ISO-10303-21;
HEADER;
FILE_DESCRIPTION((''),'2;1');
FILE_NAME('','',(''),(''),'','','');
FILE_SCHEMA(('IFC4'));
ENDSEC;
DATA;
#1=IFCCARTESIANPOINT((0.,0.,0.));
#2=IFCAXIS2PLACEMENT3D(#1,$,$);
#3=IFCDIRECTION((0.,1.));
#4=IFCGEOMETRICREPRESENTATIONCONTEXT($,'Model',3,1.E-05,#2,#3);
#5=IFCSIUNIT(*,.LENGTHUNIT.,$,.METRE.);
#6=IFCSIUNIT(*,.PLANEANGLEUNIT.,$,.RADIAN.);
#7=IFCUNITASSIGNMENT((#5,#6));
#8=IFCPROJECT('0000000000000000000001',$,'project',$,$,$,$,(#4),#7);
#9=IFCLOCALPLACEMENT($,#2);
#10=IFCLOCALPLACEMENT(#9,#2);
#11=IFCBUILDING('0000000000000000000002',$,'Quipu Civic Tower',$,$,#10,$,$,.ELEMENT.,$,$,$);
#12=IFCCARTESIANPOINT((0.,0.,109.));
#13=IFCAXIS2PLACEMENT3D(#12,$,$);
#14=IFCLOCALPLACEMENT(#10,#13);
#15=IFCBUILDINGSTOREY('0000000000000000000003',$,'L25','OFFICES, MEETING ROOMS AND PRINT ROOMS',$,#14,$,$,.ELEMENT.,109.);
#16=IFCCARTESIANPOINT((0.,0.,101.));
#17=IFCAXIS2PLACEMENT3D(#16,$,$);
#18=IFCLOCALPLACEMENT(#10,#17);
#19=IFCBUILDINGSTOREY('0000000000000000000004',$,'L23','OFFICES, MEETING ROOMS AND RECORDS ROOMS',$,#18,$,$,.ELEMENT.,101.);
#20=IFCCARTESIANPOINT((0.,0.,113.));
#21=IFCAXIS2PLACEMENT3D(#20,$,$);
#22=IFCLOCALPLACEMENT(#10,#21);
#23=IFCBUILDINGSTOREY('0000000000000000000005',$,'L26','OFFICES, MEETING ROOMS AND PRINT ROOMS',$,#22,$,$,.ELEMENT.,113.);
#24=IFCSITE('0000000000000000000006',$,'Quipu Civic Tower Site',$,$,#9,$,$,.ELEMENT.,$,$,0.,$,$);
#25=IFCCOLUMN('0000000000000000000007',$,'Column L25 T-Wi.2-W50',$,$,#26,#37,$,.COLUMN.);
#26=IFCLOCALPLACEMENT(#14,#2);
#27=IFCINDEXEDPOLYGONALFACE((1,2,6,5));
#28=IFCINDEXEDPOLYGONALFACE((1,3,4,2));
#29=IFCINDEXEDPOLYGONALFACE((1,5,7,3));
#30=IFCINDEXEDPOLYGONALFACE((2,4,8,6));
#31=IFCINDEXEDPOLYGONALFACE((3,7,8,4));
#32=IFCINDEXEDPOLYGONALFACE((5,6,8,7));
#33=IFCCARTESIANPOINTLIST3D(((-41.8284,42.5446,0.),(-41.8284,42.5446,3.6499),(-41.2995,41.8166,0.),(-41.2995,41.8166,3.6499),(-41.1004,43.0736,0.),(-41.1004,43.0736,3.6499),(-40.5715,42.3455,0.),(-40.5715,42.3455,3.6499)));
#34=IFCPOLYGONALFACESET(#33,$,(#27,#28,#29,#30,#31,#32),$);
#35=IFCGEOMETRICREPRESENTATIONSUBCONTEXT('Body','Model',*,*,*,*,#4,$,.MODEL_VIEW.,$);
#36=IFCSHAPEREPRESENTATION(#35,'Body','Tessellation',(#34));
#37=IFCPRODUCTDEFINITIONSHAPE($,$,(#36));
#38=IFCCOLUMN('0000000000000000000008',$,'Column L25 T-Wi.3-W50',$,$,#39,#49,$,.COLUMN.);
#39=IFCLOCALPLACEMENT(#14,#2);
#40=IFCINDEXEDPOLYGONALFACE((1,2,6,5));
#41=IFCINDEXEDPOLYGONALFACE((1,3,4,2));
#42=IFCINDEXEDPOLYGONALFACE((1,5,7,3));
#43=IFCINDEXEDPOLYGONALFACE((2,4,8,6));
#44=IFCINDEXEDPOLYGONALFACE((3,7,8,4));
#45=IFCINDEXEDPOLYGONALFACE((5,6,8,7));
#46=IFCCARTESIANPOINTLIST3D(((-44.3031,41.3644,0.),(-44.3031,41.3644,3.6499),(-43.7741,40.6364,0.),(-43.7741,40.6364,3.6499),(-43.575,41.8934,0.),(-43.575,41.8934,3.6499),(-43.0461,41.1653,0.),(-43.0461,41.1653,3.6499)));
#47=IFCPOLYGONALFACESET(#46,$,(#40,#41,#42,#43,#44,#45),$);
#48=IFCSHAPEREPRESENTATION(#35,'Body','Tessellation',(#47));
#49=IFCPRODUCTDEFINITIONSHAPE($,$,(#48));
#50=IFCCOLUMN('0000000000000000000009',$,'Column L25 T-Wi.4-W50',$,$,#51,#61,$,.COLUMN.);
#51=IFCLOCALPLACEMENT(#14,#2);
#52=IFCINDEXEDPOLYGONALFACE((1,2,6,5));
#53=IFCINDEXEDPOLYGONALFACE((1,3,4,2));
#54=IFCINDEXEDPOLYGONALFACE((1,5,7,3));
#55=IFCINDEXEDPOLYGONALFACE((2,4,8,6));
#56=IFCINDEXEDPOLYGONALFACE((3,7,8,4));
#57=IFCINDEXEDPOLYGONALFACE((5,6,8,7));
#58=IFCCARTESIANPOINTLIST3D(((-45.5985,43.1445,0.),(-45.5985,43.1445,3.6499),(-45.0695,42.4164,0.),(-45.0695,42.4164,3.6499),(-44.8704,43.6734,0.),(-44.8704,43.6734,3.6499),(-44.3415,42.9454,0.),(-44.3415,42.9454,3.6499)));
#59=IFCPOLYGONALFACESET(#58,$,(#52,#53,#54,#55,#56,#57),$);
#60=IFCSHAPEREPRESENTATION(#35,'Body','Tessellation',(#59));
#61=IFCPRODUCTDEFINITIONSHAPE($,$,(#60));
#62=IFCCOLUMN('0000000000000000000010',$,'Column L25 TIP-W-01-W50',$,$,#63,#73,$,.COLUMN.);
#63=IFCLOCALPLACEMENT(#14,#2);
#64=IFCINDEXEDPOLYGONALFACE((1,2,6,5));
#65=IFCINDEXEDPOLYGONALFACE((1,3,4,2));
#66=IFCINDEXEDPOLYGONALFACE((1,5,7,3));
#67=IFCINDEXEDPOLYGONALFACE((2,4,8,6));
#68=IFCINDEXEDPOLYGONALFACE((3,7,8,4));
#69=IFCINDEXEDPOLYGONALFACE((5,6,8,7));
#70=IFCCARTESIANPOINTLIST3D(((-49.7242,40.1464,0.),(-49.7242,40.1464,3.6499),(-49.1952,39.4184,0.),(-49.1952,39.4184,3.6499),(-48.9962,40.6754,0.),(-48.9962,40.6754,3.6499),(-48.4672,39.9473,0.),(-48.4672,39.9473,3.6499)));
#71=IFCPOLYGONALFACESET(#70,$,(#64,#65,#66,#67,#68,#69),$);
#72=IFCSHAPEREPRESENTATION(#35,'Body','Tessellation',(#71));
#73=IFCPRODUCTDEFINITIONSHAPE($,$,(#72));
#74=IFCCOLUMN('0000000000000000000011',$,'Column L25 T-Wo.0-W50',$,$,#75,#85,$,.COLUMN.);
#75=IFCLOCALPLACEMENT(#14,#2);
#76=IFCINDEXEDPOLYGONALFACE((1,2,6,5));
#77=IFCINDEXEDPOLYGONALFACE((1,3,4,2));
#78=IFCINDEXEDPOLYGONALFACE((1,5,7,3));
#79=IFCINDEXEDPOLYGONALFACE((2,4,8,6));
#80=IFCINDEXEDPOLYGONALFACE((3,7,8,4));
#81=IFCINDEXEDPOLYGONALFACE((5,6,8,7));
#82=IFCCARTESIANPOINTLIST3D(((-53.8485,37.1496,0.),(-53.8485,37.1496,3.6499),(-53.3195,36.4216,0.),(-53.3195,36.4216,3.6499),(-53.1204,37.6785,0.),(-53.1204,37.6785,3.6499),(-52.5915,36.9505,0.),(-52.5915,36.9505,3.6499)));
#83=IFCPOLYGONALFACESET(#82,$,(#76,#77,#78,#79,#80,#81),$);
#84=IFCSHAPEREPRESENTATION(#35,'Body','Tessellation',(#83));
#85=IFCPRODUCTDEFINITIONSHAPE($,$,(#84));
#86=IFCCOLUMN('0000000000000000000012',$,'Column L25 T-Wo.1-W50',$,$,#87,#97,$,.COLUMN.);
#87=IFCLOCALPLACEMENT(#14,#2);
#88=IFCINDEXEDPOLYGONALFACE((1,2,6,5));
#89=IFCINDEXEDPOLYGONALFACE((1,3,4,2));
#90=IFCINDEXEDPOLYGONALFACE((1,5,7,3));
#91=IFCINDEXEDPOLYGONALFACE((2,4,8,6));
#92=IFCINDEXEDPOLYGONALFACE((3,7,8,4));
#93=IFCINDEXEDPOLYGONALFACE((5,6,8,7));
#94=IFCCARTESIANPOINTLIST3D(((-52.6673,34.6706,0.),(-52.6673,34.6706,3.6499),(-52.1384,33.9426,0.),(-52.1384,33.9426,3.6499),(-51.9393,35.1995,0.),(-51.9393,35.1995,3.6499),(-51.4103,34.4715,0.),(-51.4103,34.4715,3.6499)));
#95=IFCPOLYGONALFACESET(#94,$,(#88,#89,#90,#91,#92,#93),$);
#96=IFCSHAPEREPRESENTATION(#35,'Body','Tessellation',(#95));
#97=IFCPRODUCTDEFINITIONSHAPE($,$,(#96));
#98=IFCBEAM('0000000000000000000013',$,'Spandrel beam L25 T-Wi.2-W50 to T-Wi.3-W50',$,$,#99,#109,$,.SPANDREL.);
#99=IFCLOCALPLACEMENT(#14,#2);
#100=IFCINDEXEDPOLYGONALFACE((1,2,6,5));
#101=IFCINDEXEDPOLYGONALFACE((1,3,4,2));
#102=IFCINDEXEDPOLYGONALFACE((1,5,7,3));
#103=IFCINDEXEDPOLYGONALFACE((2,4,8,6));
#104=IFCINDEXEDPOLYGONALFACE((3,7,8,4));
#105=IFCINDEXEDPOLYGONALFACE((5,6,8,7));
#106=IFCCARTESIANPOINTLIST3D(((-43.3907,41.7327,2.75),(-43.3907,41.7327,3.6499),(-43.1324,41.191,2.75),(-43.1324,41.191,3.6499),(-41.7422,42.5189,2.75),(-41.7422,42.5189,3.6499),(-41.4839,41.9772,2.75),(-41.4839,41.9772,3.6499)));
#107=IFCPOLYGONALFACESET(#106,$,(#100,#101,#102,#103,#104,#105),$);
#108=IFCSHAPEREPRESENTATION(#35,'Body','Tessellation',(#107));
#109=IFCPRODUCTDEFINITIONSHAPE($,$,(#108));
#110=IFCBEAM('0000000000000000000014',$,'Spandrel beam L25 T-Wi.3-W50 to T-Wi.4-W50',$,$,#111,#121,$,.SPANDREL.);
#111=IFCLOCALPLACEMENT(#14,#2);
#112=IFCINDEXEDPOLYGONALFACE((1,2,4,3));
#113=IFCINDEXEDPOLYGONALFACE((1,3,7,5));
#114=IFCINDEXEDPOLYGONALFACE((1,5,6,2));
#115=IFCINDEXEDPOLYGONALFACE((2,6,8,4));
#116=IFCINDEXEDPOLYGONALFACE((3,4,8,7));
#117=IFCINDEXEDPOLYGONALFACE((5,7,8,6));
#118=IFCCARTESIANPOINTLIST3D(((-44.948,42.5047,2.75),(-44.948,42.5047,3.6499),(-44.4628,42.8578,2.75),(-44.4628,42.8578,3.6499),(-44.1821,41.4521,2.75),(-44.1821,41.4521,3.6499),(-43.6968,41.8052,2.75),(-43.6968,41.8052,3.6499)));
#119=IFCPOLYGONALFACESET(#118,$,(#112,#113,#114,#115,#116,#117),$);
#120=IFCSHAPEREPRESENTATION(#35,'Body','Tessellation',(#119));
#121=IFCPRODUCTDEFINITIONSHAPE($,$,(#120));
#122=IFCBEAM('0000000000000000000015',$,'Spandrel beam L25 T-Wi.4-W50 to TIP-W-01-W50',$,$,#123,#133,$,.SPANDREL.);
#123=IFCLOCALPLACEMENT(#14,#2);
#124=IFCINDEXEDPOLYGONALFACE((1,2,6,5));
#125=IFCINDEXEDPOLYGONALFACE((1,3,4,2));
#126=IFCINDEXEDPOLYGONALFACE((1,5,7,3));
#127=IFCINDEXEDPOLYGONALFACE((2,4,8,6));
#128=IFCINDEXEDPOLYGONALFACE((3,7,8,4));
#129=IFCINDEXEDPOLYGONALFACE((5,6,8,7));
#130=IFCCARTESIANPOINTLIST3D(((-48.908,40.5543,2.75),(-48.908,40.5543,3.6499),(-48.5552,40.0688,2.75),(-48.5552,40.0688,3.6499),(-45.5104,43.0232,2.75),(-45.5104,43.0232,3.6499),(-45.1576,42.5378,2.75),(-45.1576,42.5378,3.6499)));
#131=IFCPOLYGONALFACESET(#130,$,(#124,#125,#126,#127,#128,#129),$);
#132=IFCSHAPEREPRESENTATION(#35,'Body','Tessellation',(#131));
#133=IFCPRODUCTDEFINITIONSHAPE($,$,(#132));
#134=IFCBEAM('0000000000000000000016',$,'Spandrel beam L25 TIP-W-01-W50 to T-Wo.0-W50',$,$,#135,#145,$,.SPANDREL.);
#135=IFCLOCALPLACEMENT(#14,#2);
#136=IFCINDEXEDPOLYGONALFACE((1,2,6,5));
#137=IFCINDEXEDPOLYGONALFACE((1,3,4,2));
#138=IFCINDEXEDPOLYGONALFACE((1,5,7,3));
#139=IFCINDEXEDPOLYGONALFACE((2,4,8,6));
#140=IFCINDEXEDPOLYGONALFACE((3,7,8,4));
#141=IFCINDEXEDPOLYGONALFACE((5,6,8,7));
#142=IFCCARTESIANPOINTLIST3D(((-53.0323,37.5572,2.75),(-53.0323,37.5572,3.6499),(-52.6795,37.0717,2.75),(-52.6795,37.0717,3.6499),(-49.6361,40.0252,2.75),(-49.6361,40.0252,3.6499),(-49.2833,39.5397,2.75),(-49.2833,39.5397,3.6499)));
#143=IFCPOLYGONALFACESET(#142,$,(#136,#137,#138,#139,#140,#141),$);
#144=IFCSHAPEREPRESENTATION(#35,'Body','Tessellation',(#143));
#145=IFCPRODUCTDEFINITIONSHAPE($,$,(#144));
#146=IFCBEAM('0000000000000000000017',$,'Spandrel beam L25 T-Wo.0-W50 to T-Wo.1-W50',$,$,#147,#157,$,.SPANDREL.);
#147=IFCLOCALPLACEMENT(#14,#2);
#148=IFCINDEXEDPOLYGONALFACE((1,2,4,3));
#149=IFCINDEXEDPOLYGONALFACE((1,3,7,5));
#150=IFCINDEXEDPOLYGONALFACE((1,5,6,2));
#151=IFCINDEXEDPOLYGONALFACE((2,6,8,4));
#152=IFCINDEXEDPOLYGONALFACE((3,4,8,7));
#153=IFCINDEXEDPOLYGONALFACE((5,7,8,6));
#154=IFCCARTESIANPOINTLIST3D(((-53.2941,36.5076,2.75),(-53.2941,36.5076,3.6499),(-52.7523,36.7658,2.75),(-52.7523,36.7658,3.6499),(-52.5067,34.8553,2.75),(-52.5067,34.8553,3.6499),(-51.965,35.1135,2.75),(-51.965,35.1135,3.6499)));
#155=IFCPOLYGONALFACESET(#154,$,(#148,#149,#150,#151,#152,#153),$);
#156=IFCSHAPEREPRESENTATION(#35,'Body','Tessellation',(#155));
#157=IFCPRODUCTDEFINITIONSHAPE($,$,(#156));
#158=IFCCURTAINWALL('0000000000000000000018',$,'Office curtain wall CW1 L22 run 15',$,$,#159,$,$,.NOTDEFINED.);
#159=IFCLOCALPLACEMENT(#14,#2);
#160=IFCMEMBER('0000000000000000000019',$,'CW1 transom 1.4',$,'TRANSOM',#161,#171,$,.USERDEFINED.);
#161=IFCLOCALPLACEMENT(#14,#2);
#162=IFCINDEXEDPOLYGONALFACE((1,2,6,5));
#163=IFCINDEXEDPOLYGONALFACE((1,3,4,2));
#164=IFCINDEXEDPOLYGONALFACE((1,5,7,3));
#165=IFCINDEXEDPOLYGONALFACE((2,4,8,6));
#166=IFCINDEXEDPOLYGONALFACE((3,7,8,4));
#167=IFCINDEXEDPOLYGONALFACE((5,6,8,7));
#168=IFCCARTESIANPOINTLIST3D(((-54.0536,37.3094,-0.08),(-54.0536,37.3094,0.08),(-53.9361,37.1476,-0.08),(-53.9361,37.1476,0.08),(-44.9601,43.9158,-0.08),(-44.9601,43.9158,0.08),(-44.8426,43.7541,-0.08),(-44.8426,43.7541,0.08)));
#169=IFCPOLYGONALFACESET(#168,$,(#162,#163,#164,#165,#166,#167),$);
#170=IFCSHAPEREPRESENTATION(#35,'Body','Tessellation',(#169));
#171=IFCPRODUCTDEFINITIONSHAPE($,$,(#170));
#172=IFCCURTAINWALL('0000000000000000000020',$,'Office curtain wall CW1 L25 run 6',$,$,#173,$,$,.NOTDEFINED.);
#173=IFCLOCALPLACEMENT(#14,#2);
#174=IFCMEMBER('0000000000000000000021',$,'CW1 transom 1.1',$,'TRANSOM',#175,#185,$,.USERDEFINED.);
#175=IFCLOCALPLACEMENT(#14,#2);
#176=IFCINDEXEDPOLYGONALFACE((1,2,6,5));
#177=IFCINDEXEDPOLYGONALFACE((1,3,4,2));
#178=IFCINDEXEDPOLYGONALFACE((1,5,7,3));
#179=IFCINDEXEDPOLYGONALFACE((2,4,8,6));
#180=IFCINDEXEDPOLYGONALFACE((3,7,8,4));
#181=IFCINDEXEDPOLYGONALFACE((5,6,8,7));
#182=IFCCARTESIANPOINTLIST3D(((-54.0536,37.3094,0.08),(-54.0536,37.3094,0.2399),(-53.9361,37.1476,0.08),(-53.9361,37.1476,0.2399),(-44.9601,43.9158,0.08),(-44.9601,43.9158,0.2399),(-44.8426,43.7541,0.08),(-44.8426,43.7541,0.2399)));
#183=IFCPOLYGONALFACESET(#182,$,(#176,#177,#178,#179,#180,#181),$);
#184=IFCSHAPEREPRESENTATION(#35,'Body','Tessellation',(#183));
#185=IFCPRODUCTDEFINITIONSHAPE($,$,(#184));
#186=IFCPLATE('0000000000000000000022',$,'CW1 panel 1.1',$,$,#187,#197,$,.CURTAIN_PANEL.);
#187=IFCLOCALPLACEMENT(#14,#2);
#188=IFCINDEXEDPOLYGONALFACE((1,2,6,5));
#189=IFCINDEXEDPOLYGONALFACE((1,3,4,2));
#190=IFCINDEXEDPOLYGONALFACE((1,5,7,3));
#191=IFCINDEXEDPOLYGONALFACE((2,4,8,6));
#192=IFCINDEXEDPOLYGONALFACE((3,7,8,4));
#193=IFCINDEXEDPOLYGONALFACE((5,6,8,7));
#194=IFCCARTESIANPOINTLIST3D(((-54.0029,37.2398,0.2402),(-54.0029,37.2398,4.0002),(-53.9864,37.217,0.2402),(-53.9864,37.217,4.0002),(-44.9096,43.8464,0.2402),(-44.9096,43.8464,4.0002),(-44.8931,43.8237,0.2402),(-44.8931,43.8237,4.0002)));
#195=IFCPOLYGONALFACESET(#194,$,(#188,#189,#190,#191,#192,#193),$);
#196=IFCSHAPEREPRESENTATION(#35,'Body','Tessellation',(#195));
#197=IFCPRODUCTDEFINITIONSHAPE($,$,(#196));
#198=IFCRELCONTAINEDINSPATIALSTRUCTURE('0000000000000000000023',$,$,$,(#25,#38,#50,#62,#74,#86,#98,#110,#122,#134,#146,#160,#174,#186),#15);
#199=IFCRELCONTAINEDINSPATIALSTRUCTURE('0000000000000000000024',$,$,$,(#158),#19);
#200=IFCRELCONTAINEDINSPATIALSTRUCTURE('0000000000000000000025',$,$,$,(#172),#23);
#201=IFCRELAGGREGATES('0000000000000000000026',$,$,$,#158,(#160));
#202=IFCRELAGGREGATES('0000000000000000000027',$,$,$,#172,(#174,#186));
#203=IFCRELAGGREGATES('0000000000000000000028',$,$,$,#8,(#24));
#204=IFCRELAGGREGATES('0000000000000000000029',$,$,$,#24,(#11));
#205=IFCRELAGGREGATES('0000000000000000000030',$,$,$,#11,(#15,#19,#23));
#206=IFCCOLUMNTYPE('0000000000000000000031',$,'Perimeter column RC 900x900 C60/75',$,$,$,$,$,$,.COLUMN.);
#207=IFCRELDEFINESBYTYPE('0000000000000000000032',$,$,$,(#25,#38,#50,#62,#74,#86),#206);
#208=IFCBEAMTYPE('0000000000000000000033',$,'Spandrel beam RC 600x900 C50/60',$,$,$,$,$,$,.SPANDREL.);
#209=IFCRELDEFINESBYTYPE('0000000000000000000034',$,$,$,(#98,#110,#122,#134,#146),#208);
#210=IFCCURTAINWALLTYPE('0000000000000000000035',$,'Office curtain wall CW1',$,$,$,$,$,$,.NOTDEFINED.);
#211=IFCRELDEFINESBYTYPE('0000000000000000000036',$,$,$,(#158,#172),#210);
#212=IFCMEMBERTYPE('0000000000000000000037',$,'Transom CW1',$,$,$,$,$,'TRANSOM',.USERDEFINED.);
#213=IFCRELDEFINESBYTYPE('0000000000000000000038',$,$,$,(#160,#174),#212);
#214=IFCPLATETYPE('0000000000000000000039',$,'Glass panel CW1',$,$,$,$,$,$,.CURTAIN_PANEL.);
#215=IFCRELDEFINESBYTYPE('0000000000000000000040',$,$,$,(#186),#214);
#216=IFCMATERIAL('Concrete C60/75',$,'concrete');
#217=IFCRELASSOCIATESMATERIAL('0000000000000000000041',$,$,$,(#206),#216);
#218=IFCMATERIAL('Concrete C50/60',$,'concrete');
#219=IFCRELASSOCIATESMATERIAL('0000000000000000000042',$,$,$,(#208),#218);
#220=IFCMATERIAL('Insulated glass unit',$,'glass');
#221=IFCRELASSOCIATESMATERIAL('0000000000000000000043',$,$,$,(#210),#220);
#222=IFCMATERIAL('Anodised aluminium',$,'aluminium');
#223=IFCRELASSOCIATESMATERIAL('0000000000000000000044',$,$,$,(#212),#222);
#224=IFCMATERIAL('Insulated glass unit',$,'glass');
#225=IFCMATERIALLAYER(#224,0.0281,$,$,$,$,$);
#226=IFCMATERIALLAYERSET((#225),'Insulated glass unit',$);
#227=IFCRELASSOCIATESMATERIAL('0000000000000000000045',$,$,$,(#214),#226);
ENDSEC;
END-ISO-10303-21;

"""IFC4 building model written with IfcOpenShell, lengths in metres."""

from ifc_helpers import new_model, si_unit, direction, frame, origin, origin_2d, place, context, subcontext, project, spatial, rectangle, extrude, material, layer, layer_set, material_profile, profile_set, type_object, element, aggregate, save


model = new_model("IFC4")

# Units and contexts
model_context = context("Model", 3, precision=1e-05, world=origin(), true_north=direction((0.0, 1.0)))
body_context = subcontext(model_context, "Body", "Model", "MODEL_VIEW")
ifc_project = project(units=[si_unit("LENGTHUNIT", "METRE"), si_unit("PLANEANGLEUNIT", "RADIAN")], contexts=[model_context])

# Site, building, storey
site_placement = place(None, origin())
site = spatial("IfcSite", under=ifc_project, at=site_placement, Name="Quipu Civic Tower Site", CompositionType="ELEMENT", RefElevation=0.0)
building_placement = place(site_placement, origin())
building = spatial("IfcBuilding", under=site, at=building_placement, Name="Quipu Civic Tower", CompositionType="ELEMENT")
storey_1_placement = place(building_placement, frame((0.0, 0.0, 109.0)))
storey_1 = spatial("IfcBuildingStorey", under=building, at=storey_1_placement, Name="L25", Description="OFFICES, MEETING ROOMS AND PRINT ROOMS", CompositionType="ELEMENT", Elevation=109.0)

# Columns
ifc_material_1 = material(Name="Concrete C60/75", Category="concrete")
ifc_material_profile_1 = material_profile(ifc_material_1, rectangle(XDim=0.8999, YDim=0.8999, at=origin_2d()), Name="RC900x900")
ifc_profile_set_1 = profile_set([ifc_material_profile_1], Name="Concrete C60/75")
column_type = type_object("IfcColumnType", Name="Perimeter column RC 900x900 C60/75", PredefinedType="COLUMN", material=ifc_profile_set_1)
for number, where, z_axis, x_axis, name in (
    (1, (-41.2, 42.4451, 0.0), (0.0, 0.0, 1.0), (-0.587785, 0.809017, 0.0), "Column L25 T-Wi.2-W50"),
    (2, (-43.6746, 41.2649, 0.0), (0.0, 0.0, 1.0), (-0.809017, -0.587785, 0.0), "Column L25 T-Wi.3-W50"),
    (3, (-44.97, 43.0449, 0.0), (0.0, 0.0, 1.0), (-0.809017, -0.587785, 0.0), "Column L25 T-Wi.4-W50"),
    (4, (-49.0957, 40.0469, 0.0), (0.0, 0.0, 1.0), (-0.809017, -0.587785, 0.0), "Column L25 TIP-W-01-W50"),
    (5, (-53.22, 37.05, 0.0), (0.0, 0.0, 1.0), (0.587785, -0.809017, 0.0), "Column L25 T-Wo.0-W50"),
    (6, (-52.0388, 34.571, 0.0), (0.0, 0.0, 1.0), (-0.809017, -0.587785, 0.0), "Column L25 T-Wo.1-W50"),
):
    element("IfcColumn", number, at=place(storey_1_placement, frame(where, z_axis=z_axis, x_axis=x_axis)), inside=storey_1, type_object=column_type, Name=name, PredefinedType="COLUMN", context=body_context, shape_type="SweptSolid", body=[
        extrude(rectangle(XDim=0.8999, YDim=0.8999, at=origin_2d()), origin(), (0.0, 0.0, 1.0), 3.6499),
    ])

# Beams
ifc_material_2 = material(Name="Concrete C50/60", Category="concrete")
ifc_material_profile_2 = material_profile(ifc_material_2, rectangle(XDim=0.6001, YDim=0.8999, at=origin_2d()), Name="RC600x900")
ifc_profile_set_2 = profile_set([ifc_material_profile_2], Name="Concrete C50/60")
beam_type = type_object("IfcBeamType", Name="Spandrel beam RC 600x900 C50/60", PredefinedType="SPANDREL", material=ifc_profile_set_2)
beam_1_placement = place(storey_1_placement, frame((-41.613, 42.248, 3.2), z_axis=(-0.902613, -0.430452, 0.0), x_axis=(0.430452, -0.902613, 0.0)))
element("IfcBeam", 7, at=beam_1_placement, inside=storey_1, type_object=beam_type, Name="Spandrel beam L25 T-Wi.2-W50 to T-Wi.3-W50", PredefinedType="SPANDREL", context=body_context, shape_type="SweptSolid", body=[
    extrude(rectangle(XDim=0.6001, YDim=0.8999, at=origin_2d()), origin(), (0.0, 0.0, 1.0), 1.8264),
])
beam_2_placement = place(storey_1_placement, frame((-43.9395, 41.6287, 3.2), z_axis=(-0.588384, 0.808582, 0.0), x_axis=(-0.808582, -0.588384, 0.0)))
element("IfcBeam", 8, at=beam_2_placement, inside=storey_1, type_object=beam_type, Name="Spandrel beam L25 T-Wi.3-W50 to T-Wi.4-W50", PredefinedType="SPANDREL", context=body_context, shape_type="SweptSolid", body=[
    extrude(rectangle(XDim=0.6001, YDim=0.8999, at=origin_2d()), origin(), (0.0, 0.0, 1.0), 1.3018),
])
beam_3_placement = place(storey_1_placement, frame((-45.334, 42.7805, 3.2), z_axis=(-0.80897, -0.58785, 0.0), x_axis=(0.58785, -0.80897, 0.0)))
element("IfcBeam", 9, at=beam_3_placement, inside=storey_1, type_object=beam_type, Name="Spandrel beam L25 T-Wi.4-W50 to TIP-W-01-W50", PredefinedType="SPANDREL", context=body_context, shape_type="SweptSolid", body=[
    extrude(rectangle(XDim=0.6001, YDim=0.8999, at=origin_2d()), origin(), (0.0, 0.0, 1.0), 4.2),
])
beam_4_placement = place(storey_1_placement, frame((-49.4597, 39.7825, 3.2), z_axis=(-0.80896, -0.587864, 0.0), x_axis=(0.587864, -0.80896, 0.0)))
element("IfcBeam", 10, at=beam_4_placement, inside=storey_1, type_object=beam_type, Name="Spandrel beam L25 TIP-W-01-W50 to T-Wo.0-W50", PredefinedType="SPANDREL", context=body_context, shape_type="SweptSolid", body=[
    extrude(rectangle(XDim=0.6001, YDim=0.8999, at=origin_2d()), origin(), (0.0, 0.0, 1.0), 4.1982),
])
beam_5_placement = place(storey_1_placement, frame((-53.0232, 36.6367, 3.2), z_axis=(0.430167, -0.90275, 0.0), x_axis=(0.90275, 0.430167, 0.0)))
element("IfcBeam", 11, at=beam_5_placement, inside=storey_1, type_object=beam_type, Name="Spandrel beam L25 T-Wo.0-W50 to T-Wo.1-W50", PredefinedType="SPANDREL", context=body_context, shape_type="SweptSolid", body=[
    extrude(rectangle(XDim=0.6001, YDim=0.8999, at=origin_2d()), origin(), (0.0, 0.0, 1.0), 1.8303),
])

# Shared definitions
storey_2_placement = place(building_placement, frame((0.0, 0.0, 101.0)))
storey_2 = spatial("IfcBuildingStorey", under=building, at=storey_2_placement, Name="L23", Description="OFFICES, MEETING ROOMS AND RECORDS ROOMS", CompositionType="ELEMENT", Elevation=101.0)

# Curtain wall, member
ifc_material_3 = material(Name="Insulated glass unit", Category="glass")
curtain_wall_type = type_object("IfcCurtainWallType", Name="Office curtain wall CW1", PredefinedType="NOTDEFINED", material=ifc_material_3)
curtain_wall_1_placement = place(storey_2_placement, origin())
curtain_wall_1 = element("IfcCurtainWall", 12, at=curtain_wall_1_placement, inside=storey_2, type_object=curtain_wall_type, Name="Office curtain wall CW1 L22 run 15", PredefinedType="NOTDEFINED")
ifc_material_4 = material(Name="Anodised aluminium", Category="aluminium")
ifc_material_profile_3 = material_profile(ifc_material_4, rectangle(XDim=0.2, YDim=0.1599, at=origin_2d()), Name="RECT 200x160")
ifc_profile_set_3 = profile_set([ifc_material_profile_3], Name="Anodised aluminium")
member_type = type_object("IfcMemberType", Name="Transom CW1", ElementType="TRANSOM", PredefinedType="USERDEFINED", material=ifc_profile_set_3)
member_1_placement = place(storey_1_placement, frame((-44.9014, 43.835, 0.0), z_axis=(-0.809033, -0.587764, 0.0), x_axis=(0.587764, -0.809033, 0.0)))
member_1 = element("IfcMember", 13, at=member_1_placement, inside=storey_1, type_object=member_type, Name="CW1 transom 1.4", ObjectType="TRANSOM", PredefinedType="USERDEFINED", context=body_context, shape_type="SweptSolid", body=[
    extrude(rectangle(XDim=0.2, YDim=0.1599, at=origin_2d()), origin(), (0.0, 0.0, 1.0), 11.24),
])
aggregate(curtain_wall_1, [member_1])

# Shared definitions
storey_3_placement = place(building_placement, frame((0.0, 0.0, 113.0)))
storey_3 = spatial("IfcBuildingStorey", under=building, at=storey_3_placement, Name="L26", Description="OFFICES, MEETING ROOMS AND PRINT ROOMS", CompositionType="ELEMENT", Elevation=113.0)

# Curtain wall, member, plate
curtain_wall_2_placement = place(storey_3_placement, origin())
curtain_wall_2 = element("IfcCurtainWall", 14, at=curtain_wall_2_placement, inside=storey_3, type_object=curtain_wall_type, Name="Office curtain wall CW1 L25 run 6", PredefinedType="NOTDEFINED")
member_2_placement = place(storey_1_placement, frame((-44.9014, 43.835, 0.1599), z_axis=(-0.809033, -0.587764, 0.0), x_axis=(0.587764, -0.809033, 0.0)))
member_2 = element("IfcMember", 15, at=member_2_placement, inside=storey_1, type_object=member_type, Name="CW1 transom 1.1", ObjectType="TRANSOM", PredefinedType="USERDEFINED", context=body_context, shape_type="SweptSolid", body=[
    extrude(rectangle(XDim=0.2, YDim=0.1599, at=origin_2d()), origin(), (0.0, 0.0, 1.0), 11.24),
])
ifc_material_5 = material(Name="Insulated glass unit", Category="glass")
ifc_layer_1 = layer(ifc_material_5, 0.0281)
ifc_layer_set_1 = layer_set([ifc_layer_1], Name="Insulated glass unit")
plate_type_1 = type_object("IfcPlateType", Name="Glass panel CW1", PredefinedType="CURTAIN_PANEL", material=ifc_layer_set_1)
plate_placement = place(storey_1_placement, frame((-49.448, 40.5317, 0.2402), z_axis=(0.0, 0.0, 1.0), x_axis=(-0.809019, -0.587782, 0.0)))
plate = element("IfcPlate", 16, at=plate_placement, inside=storey_1, type_object=plate_type_1, Name="CW1 panel 1.1", PredefinedType="CURTAIN_PANEL", context=body_context, shape_type="SweptSolid", body=[
    extrude(rectangle(XDim=11.24, YDim=0.0281, at=origin_2d()), origin(), (0.0, 0.0, 1.0), 3.76),
])
aggregate(curtain_wall_2, [member_2, plate])

save(model, "model.ifc")
